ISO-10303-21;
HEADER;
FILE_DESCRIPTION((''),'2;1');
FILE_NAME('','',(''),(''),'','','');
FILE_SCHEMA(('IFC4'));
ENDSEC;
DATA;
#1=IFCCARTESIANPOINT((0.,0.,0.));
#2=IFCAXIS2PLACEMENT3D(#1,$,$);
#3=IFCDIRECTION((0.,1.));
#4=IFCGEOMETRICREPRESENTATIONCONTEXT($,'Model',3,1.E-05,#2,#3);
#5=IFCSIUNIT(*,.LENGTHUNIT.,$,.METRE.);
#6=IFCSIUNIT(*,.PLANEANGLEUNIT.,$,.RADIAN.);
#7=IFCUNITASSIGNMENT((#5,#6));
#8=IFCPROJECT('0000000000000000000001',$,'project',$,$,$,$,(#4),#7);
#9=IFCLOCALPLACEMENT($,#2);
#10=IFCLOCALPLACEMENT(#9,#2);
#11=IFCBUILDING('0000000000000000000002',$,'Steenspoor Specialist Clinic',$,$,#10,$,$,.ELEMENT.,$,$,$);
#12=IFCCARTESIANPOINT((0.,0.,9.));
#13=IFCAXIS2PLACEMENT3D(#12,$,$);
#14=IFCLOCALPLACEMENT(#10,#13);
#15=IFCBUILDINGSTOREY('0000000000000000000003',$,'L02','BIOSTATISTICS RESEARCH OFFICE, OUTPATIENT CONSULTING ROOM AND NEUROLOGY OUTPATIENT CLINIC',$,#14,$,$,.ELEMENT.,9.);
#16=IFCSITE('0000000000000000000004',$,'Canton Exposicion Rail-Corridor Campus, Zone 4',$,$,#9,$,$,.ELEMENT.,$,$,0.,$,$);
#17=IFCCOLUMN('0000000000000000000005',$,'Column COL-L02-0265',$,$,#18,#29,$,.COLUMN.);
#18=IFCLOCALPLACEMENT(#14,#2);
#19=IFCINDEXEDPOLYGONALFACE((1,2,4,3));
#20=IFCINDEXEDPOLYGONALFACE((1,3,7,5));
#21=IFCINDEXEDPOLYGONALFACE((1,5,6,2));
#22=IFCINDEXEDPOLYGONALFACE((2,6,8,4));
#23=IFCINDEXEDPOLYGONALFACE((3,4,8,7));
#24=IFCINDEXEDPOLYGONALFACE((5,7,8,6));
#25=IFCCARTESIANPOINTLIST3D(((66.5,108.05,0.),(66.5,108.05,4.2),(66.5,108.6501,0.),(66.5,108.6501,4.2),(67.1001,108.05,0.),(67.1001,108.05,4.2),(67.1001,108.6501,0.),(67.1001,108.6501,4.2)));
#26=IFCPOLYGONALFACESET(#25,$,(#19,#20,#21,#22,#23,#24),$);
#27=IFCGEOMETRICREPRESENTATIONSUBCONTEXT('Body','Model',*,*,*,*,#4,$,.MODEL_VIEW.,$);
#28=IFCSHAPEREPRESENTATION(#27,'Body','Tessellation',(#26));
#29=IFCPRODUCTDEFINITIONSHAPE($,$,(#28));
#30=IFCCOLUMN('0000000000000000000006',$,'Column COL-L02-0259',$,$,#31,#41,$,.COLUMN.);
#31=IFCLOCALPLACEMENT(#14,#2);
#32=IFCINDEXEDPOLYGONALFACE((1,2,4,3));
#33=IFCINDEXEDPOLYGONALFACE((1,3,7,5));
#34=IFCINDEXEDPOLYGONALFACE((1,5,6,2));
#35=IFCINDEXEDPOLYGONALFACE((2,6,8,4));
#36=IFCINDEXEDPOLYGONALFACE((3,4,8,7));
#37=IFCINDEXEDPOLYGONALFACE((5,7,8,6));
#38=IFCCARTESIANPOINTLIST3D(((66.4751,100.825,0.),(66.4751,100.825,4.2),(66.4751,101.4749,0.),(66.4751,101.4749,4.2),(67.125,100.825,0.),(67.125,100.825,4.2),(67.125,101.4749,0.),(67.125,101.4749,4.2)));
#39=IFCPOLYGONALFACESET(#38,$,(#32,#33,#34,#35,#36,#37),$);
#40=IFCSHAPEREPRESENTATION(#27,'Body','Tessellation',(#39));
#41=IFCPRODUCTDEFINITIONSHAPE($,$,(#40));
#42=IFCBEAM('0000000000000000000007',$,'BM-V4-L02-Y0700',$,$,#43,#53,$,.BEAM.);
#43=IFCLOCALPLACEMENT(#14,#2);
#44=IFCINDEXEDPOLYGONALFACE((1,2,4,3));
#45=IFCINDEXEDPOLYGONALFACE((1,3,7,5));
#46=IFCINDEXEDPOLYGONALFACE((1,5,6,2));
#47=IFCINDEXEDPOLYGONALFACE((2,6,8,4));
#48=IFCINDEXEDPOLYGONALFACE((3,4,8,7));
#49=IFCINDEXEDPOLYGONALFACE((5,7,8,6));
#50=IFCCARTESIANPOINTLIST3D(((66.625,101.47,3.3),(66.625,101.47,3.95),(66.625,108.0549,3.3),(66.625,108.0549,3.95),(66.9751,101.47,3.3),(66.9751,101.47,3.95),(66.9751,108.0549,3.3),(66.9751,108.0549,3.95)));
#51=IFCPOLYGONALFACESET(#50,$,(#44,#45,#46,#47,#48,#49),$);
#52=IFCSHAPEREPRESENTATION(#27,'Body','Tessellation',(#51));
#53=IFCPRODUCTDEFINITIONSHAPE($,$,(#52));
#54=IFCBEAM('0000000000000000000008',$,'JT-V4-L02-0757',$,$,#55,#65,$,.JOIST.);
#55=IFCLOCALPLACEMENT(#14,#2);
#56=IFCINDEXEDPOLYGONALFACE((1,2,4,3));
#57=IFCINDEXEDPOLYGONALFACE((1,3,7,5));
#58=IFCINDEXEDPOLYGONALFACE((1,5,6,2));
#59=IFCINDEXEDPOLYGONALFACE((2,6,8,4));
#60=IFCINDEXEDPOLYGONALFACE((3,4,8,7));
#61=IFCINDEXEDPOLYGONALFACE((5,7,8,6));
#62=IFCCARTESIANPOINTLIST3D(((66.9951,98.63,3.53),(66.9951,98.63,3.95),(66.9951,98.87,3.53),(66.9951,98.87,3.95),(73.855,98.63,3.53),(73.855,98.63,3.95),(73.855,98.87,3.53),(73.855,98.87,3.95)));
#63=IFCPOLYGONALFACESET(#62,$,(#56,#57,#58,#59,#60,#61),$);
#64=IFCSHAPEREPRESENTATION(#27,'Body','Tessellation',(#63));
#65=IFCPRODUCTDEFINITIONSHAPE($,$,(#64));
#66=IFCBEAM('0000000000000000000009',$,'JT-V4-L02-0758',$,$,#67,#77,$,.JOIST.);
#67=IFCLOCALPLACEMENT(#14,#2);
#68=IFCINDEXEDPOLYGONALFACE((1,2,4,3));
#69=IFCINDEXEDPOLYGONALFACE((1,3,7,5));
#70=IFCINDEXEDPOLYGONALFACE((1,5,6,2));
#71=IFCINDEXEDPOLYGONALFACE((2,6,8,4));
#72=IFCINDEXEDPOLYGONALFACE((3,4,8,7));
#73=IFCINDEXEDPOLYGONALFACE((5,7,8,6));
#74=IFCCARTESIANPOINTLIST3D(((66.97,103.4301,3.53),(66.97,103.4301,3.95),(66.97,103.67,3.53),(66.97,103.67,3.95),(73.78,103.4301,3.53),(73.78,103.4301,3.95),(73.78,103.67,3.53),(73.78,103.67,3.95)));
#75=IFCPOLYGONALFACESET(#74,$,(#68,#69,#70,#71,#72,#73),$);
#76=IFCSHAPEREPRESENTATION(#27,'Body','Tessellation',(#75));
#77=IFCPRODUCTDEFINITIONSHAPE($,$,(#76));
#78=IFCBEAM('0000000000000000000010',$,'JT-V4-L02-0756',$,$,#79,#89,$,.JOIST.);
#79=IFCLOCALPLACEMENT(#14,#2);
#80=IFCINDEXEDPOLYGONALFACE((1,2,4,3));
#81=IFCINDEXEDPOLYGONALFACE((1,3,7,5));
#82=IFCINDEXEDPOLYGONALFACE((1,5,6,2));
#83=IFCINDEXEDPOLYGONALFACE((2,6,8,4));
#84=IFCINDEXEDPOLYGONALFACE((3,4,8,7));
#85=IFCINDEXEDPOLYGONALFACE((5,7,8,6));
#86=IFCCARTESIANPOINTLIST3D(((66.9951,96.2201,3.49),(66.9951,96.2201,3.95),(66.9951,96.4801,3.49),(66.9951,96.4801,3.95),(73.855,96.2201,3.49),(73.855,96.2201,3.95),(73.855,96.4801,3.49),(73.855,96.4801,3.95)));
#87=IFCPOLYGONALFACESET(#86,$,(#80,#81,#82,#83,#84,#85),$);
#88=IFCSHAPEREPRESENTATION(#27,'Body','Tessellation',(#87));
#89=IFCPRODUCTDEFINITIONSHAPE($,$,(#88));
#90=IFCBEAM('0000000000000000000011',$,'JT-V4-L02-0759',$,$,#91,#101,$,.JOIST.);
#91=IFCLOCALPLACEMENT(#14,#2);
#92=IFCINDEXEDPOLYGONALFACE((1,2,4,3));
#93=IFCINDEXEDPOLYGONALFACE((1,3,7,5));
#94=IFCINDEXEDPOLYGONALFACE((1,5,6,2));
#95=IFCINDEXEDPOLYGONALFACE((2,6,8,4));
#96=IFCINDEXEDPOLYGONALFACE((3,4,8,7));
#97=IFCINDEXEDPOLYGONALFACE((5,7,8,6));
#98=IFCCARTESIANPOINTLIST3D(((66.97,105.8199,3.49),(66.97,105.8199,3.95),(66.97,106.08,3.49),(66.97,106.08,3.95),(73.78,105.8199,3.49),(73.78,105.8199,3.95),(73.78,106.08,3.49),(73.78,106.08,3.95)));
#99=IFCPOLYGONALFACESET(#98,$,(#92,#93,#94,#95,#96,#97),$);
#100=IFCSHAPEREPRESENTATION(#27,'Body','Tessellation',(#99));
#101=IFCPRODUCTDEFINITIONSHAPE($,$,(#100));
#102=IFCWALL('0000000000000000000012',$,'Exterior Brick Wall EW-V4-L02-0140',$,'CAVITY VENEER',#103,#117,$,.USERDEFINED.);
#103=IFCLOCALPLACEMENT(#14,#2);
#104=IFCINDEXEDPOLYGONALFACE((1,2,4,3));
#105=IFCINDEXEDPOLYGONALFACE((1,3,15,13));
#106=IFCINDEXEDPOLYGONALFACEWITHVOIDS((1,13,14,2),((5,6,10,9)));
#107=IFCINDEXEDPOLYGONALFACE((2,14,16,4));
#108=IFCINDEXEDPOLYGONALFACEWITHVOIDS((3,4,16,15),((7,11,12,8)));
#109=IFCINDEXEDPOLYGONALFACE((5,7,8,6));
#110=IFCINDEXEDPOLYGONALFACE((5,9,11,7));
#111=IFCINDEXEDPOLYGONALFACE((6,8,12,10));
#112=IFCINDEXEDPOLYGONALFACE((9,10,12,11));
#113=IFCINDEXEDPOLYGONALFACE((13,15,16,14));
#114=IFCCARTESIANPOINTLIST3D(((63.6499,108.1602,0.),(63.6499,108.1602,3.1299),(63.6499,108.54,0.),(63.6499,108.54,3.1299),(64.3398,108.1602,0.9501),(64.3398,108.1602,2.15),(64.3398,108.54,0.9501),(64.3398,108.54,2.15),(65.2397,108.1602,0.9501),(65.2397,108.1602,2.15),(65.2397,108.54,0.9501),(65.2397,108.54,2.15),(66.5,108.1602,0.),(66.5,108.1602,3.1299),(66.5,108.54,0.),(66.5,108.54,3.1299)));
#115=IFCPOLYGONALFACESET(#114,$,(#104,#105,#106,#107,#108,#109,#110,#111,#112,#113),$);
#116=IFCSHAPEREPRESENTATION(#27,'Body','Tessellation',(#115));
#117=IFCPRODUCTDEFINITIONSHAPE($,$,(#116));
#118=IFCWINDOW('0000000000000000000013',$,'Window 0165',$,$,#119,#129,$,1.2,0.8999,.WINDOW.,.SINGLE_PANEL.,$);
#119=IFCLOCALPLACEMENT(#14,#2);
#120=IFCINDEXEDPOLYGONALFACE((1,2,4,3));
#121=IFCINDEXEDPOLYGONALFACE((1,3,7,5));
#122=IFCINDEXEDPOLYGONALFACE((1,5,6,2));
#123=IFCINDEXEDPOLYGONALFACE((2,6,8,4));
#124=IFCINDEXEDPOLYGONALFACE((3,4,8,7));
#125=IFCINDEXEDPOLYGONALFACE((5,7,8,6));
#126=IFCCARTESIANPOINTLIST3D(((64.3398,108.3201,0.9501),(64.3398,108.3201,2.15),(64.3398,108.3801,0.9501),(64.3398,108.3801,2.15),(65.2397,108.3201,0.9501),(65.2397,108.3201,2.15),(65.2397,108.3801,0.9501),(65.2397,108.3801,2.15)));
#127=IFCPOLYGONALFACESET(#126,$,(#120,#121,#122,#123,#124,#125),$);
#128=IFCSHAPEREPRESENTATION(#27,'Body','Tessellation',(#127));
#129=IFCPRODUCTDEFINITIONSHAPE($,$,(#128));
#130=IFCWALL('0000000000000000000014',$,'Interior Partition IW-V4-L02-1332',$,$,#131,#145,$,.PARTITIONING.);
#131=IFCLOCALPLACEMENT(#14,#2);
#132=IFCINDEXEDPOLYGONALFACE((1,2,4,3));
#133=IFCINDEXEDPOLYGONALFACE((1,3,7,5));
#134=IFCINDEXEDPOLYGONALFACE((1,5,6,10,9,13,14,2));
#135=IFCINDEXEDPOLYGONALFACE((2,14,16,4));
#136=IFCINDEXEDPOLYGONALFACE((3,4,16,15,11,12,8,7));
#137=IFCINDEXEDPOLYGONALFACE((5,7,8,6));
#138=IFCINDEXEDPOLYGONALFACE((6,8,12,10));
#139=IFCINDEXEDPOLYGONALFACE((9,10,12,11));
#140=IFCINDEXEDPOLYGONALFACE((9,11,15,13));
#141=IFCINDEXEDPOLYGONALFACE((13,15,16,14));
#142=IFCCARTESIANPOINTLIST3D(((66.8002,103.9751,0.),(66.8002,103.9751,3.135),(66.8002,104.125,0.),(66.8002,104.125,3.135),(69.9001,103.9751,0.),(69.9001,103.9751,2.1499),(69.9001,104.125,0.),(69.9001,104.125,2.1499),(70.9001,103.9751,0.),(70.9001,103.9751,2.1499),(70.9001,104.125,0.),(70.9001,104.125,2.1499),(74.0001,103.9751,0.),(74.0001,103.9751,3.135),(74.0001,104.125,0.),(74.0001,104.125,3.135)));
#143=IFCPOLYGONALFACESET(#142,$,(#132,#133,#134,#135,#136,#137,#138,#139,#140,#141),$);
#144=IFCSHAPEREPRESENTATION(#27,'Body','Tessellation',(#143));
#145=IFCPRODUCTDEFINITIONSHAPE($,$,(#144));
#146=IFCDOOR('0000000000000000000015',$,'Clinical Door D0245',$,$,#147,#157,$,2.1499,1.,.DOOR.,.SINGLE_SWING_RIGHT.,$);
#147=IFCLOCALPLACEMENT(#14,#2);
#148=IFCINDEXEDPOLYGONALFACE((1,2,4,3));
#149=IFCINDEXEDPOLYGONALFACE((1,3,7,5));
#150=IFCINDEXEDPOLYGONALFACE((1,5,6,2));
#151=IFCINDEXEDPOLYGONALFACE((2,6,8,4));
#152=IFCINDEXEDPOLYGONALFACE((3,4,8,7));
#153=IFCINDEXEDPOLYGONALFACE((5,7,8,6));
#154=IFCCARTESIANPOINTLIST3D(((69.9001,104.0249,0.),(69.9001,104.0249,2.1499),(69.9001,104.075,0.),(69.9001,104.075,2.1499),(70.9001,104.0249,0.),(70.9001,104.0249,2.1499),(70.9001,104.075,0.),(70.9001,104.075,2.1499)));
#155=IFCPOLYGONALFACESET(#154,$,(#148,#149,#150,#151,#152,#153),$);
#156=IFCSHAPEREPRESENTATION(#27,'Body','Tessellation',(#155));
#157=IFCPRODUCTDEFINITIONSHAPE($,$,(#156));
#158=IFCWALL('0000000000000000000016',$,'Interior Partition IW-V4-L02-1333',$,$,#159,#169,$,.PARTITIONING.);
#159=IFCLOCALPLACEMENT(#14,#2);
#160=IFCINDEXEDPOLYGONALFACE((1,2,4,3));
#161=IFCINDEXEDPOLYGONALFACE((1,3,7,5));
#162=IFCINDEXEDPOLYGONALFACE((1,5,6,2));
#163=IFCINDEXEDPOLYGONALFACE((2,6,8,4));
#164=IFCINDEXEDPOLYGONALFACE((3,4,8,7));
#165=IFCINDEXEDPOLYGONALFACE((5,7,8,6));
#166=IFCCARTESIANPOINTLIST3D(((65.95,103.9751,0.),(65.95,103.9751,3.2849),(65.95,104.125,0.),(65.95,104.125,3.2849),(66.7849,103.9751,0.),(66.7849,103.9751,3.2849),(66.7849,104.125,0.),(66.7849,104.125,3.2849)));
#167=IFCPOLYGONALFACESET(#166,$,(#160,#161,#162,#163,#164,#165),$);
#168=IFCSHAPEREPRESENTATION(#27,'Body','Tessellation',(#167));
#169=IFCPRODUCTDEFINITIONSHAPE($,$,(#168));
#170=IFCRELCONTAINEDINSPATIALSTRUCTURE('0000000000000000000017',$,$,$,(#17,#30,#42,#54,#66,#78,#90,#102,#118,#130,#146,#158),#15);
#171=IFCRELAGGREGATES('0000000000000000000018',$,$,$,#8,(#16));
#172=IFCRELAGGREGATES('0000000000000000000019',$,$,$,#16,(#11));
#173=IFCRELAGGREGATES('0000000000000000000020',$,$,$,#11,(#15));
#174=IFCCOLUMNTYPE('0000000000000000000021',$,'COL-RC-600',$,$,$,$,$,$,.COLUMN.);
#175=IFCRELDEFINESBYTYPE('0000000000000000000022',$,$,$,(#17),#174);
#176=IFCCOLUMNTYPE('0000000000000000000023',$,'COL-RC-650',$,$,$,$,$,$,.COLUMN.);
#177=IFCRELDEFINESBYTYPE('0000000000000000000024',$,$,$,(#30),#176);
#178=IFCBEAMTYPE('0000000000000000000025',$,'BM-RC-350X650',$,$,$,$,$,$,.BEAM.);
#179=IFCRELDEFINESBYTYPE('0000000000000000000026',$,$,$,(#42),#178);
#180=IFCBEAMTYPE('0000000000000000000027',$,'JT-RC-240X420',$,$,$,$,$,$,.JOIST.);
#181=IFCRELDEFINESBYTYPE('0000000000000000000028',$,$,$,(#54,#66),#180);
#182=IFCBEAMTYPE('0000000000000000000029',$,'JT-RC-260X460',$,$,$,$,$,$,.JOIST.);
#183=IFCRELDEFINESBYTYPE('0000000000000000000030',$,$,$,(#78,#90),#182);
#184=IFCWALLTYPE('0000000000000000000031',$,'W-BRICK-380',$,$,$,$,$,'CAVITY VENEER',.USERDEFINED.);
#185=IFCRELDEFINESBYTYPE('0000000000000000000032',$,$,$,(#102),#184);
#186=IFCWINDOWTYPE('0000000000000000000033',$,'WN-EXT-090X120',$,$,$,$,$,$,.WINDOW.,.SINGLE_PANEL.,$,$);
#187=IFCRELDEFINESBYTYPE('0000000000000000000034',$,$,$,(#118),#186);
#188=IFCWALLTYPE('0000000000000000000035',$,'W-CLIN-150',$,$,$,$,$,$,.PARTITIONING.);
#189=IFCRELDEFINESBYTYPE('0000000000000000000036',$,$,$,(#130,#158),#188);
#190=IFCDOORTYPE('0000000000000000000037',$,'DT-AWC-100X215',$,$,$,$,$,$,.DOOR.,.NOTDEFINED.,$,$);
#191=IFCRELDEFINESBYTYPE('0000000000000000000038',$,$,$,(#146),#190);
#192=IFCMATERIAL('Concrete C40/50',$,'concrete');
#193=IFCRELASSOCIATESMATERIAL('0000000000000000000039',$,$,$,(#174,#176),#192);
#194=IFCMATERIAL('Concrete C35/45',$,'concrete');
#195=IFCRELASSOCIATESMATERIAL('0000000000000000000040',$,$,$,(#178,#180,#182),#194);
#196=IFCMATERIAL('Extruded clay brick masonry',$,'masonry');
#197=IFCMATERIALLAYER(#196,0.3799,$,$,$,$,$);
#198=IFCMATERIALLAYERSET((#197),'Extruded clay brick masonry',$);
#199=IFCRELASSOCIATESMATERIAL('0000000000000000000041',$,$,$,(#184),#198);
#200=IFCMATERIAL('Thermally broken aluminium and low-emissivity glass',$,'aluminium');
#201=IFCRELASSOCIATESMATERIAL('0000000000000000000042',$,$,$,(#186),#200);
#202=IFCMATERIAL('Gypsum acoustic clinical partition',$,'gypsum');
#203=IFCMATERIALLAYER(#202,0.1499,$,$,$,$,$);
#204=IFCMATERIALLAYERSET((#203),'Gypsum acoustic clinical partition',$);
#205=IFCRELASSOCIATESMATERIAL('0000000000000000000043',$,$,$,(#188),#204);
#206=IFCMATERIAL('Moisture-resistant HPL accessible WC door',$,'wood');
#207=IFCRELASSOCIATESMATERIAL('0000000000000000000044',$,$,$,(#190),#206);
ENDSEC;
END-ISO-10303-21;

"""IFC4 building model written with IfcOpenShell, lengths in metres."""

from ifc_helpers import new_model, si_unit, direction, frame, frame_2d, origin, origin_2d, place, context, subcontext, project, spatial, rectangle, extrude, material, layer, layer_set, material_profile, profile_set, type_object, element, fill, save


model = new_model("IFC4")

# Units and contexts
model_context = context("Model", 3, precision=1e-05, world=origin(), true_north=direction((0.0, 1.0)))
body_context = subcontext(model_context, "Body", "Model", "MODEL_VIEW")
ifc_project = project(units=[si_unit("LENGTHUNIT", "METRE"), si_unit("PLANEANGLEUNIT", "RADIAN")], contexts=[model_context])

# Site, building, storey
site_placement = place(None, origin())
site = spatial("IfcSite", under=ifc_project, at=site_placement, Name="Canton Exposicion Rail-Corridor Campus, Zone 4", CompositionType="ELEMENT", RefElevation=0.0)
building_placement = place(site_placement, origin())
building = spatial("IfcBuilding", under=site, at=building_placement, Name="Steenspoor Specialist Clinic", CompositionType="ELEMENT")
storey_placement = place(building_placement, frame((0.0, 0.0, 9.0)))
storey = spatial("IfcBuildingStorey", under=building, at=storey_placement, Name="L02", Description="BIOSTATISTICS RESEARCH OFFICE, OUTPATIENT CONSULTING ROOM AND NEUROLOGY OUTPATIENT CLINIC", CompositionType="ELEMENT", Elevation=9.0)

# Columns
ifc_material_1 = material(Name="Concrete C40/50", Category="concrete")
ifc_material_profile_1 = material_profile(ifc_material_1, rectangle(XDim=0.6001, YDim=0.6001, at=origin_2d()), Name="RC-COL-600X600")
ifc_profile_set_1 = profile_set([ifc_material_profile_1], Name="Concrete C40/50")
column_type_1 = type_object("IfcColumnType", Name="COL-RC-600", PredefinedType="COLUMN", material=ifc_profile_set_1)
column_1_placement = place(storey_placement, frame((66.8, 108.3501, 0.0), z_axis=(0.0, 0.0, 1.0), x_axis=(1.0, 0.0, 0.0)))
element("IfcColumn", 1, at=column_1_placement, inside=storey, type_object=column_type_1, Name="Column COL-L02-0265", PredefinedType="COLUMN", context=body_context, shape_type="SweptSolid", body=[
    extrude(rectangle(XDim=0.6001, YDim=0.6001, at=origin_2d()), origin(), (0.0, 0.0, 1.0), 4.2),
])
ifc_material_profile_2 = material_profile(ifc_material_1, rectangle(XDim=0.6499, YDim=0.6499, at=origin_2d()), Name="RC-COL-650X650")
ifc_profile_set_2 = profile_set([ifc_material_profile_2], Name="Concrete C40/50")
column_type_2 = type_object("IfcColumnType", Name="COL-RC-650", PredefinedType="COLUMN", material=ifc_profile_set_2)
column_2_placement = place(storey_placement, frame((66.8, 101.1499, 0.0), z_axis=(0.0, 0.0, 1.0), x_axis=(1.0, 0.0, 0.0)))
element("IfcColumn", 2, at=column_2_placement, inside=storey, type_object=column_type_2, Name="Column COL-L02-0259", PredefinedType="COLUMN", context=body_context, shape_type="SweptSolid", body=[
    extrude(rectangle(XDim=0.6499, YDim=0.6499, at=origin_2d()), origin(), (0.0, 0.0, 1.0), 4.2),
])

# Beams
ifc_material_2 = material(Name="Concrete C35/45", Category="concrete")
ifc_material_profile_3 = material_profile(ifc_material_2, rectangle(XDim=0.3501, YDim=0.6499, at=origin_2d()), Name="RC-BM-350X650")
ifc_profile_set_3 = profile_set([ifc_material_profile_3], Name="Concrete C35/45")
beam_type_1 = type_object("IfcBeamType", Name="BM-RC-350X650", PredefinedType="BEAM", material=ifc_profile_set_3)
beam_1_placement = place(storey_placement, frame((66.8, 101.47, 3.625), z_axis=(0.0, 1.0, 0.0), x_axis=(-1.0, 0.0, 0.0)))
element("IfcBeam", 3, at=beam_1_placement, inside=storey, type_object=beam_type_1, Name="BM-V4-L02-Y0700", PredefinedType="BEAM", context=body_context, shape_type="SweptSolid", body=[
    extrude(rectangle(XDim=0.3501, YDim=0.6499, at=origin_2d()), origin(), (0.0, 0.0, 1.0), 6.585),
])
ifc_material_profile_4 = material_profile(ifc_material_2, rectangle(XDim=0.24, YDim=0.4199, at=origin_2d()), Name="RC-JT-240X420")
ifc_profile_set_4 = profile_set([ifc_material_profile_4], Name="Concrete C35/45")
beam_type_2 = type_object("IfcBeamType", Name="JT-RC-240X420", PredefinedType="JOIST", material=ifc_profile_set_4)
beam_2_placement = place(storey_placement, frame((66.9951, 98.75, 3.74), z_axis=(1.0, 0.0, 0.0), x_axis=(0.0, 1.0, 0.0)))
element("IfcBeam", 4, at=beam_2_placement, inside=storey, type_object=beam_type_2, Name="JT-V4-L02-0757", PredefinedType="JOIST", context=body_context, shape_type="SweptSolid", body=[
    extrude(rectangle(XDim=0.24, YDim=0.4199, at=origin_2d()), origin(), (0.0, 0.0, 1.0), 6.8599),
])
beam_3_placement = place(storey_placement, frame((66.97, 103.55, 3.74), z_axis=(1.0, 0.0, 0.0), x_axis=(0.0, 1.0, 0.0)))
element("IfcBeam", 5, at=beam_3_placement, inside=storey, type_object=beam_type_2, Name="JT-V4-L02-0758", PredefinedType="JOIST", context=body_context, shape_type="SweptSolid", body=[
    extrude(rectangle(XDim=0.24, YDim=0.4199, at=origin_2d()), origin(), (0.0, 0.0, 1.0), 6.8101),
])
ifc_material_profile_5 = material_profile(ifc_material_2, rectangle(XDim=0.26, YDim=0.46, at=origin_2d()), Name="RC-JT-260X460")
ifc_profile_set_5 = profile_set([ifc_material_profile_5], Name="Concrete C35/45")
beam_type_3 = type_object("IfcBeamType", Name="JT-RC-260X460", PredefinedType="JOIST", material=ifc_profile_set_5)
beam_4_placement = place(storey_placement, frame((66.9951, 96.3501, 3.72), z_axis=(1.0, 0.0, 0.0), x_axis=(0.0, 1.0, 0.0)))
element("IfcBeam", 6, at=beam_4_placement, inside=storey, type_object=beam_type_3, Name="JT-V4-L02-0756", PredefinedType="JOIST", context=body_context, shape_type="SweptSolid", body=[
    extrude(rectangle(XDim=0.26, YDim=0.46, at=origin_2d()), origin(), (0.0, 0.0, 1.0), 6.8599),
])
beam_5_placement = place(storey_placement, frame((66.97, 105.95, 3.72), z_axis=(1.0, 0.0, 0.0), x_axis=(0.0, 1.0, 0.0)))
element("IfcBeam", 7, at=beam_5_placement, inside=storey, type_object=beam_type_3, Name="JT-V4-L02-0759", PredefinedType="JOIST", context=body_context, shape_type="SweptSolid", body=[
    extrude(rectangle(XDim=0.26, YDim=0.46, at=origin_2d()), origin(), (0.0, 0.0, 1.0), 6.8101),
])

# Wall, opening, window
ifc_material_3 = material(Name="Extruded clay brick masonry", Category="masonry")
ifc_layer_1 = layer(ifc_material_3, 0.3799)
ifc_layer_set_1 = layer_set([ifc_layer_1], Name="Extruded clay brick masonry")
wall_type_1 = type_object("IfcWallType", Name="W-BRICK-380", ElementType="CAVITY VENEER", PredefinedType="USERDEFINED", material=ifc_layer_set_1)
wall_1_placement = place(storey_placement, frame((63.6499, 108.3501, 0.0), z_axis=(0.0, 0.0, 1.0), x_axis=(1.0, 0.0, 0.0)))
wall_1 = element("IfcWall", 8, at=wall_1_placement, inside=storey, type_object=wall_type_1, Name="Exterior Brick Wall EW-V4-L02-0140", ObjectType="CAVITY VENEER", PredefinedType="USERDEFINED", context=body_context, shape_type="SweptSolid", body=[
    extrude(rectangle(XDim=2.8501, YDim=0.3799, at=frame_2d((1.425, 0.0))), origin(), (0.0, 0.0, 1.0), 3.1299),
])
opening_1_placement = place(wall_1_placement, frame((0.6899, 0.0, 0.95)))
opening_1 = element("IfcOpeningElement", 9, at=opening_1_placement, cuts=wall_1, PredefinedType="OPENING", context=body_context, shape_type="SweptSolid", body=[
    extrude(rectangle(XDim=0.8999, YDim=1.2, at=frame_2d((0.45, 0.6001))), frame((0.0, 0.2, 0.0), z_axis=(0.0, -1.0, 0.0), x_axis=(1.0, 0.0, 0.0)), (0.0, 0.0, 1.0), 0.3999),
])
ifc_material_4 = material(Name="Thermally broken aluminium and low-emissivity glass", Category="aluminium")
window_type = type_object("IfcWindowType", Name="WN-EXT-090X120", PartitioningType="SINGLE_PANEL", PredefinedType="WINDOW", material=ifc_material_4)
window_placement = place(opening_1_placement, origin())
window = element("IfcWindow", 10, at=window_placement, inside=storey, type_object=window_type, Name="Window 0165", OverallHeight=1.2, OverallWidth=0.8999, PartitioningType="SINGLE_PANEL", PredefinedType="WINDOW", context=body_context, shape_type="SweptSolid", body=[
    extrude(rectangle(XDim=0.8999, YDim=1.2, at=frame_2d((0.45, 0.6001))), frame((0.0, 0.03, 0.0), z_axis=(0.0, -1.0, 0.0), x_axis=(1.0, 0.0, 0.0)), (0.0, 0.0, 1.0), 0.0601),
])
fill(opening_1, window)

# Wall, opening, door
ifc_material_5 = material(Name="Gypsum acoustic clinical partition", Category="gypsum")
ifc_layer_2 = layer(ifc_material_5, 0.1499)
ifc_layer_set_2 = layer_set([ifc_layer_2], Name="Gypsum acoustic clinical partition")
wall_type_2 = type_object("IfcWallType", Name="W-CLIN-150", PredefinedType="PARTITIONING", material=ifc_layer_set_2)
wall_2_placement = place(storey_placement, frame((66.8, 104.05, 0.0), z_axis=(0.0, 0.0, 1.0), x_axis=(1.0, 0.0, 0.0)))
wall_2 = element("IfcWall", 11, at=wall_2_placement, inside=storey, type_object=wall_type_2, Name="Interior Partition IW-V4-L02-1332", PredefinedType="PARTITIONING", context=body_context, shape_type="SweptSolid", body=[
    extrude(rectangle(XDim=7.2, YDim=0.1499, at=frame_2d((3.6001, 0.0))), origin(), (0.0, 0.0, 1.0), 3.135),
])
opening_2_placement = place(wall_2_placement, frame((3.1001, 0.0, 0.0)))
opening_2 = element("IfcOpeningElement", 12, at=opening_2_placement, cuts=wall_2, PredefinedType="OPENING", context=body_context, shape_type="SweptSolid", body=[
    extrude(rectangle(XDim=1.0, YDim=2.1499, at=frame_2d((0.5, 1.075))), frame((0.0, 0.085, 0.0), z_axis=(0.0, -1.0, 0.0), x_axis=(1.0, 0.0, 0.0)), (0.0, 0.0, 1.0), 0.1699),
])
ifc_material_6 = material(Name="Moisture-resistant HPL accessible WC door", Category="wood")
door_type_1 = type_object("IfcDoorType", Name="DT-AWC-100X215", OperationType="NOTDEFINED", PredefinedType="DOOR", material=ifc_material_6)
door_1_placement = place(opening_2_placement, origin())
door_1 = element("IfcDoor", 13, at=door_1_placement, inside=storey, type_object=door_type_1, Name="Clinical Door D0245", OperationType="SINGLE_SWING_RIGHT", OverallHeight=2.1499, OverallWidth=1.0, PredefinedType="DOOR", context=body_context, shape_type="SweptSolid", body=[
    extrude(rectangle(XDim=1.0, YDim=2.1499, at=frame_2d((0.5, 1.075))), frame((0.0, 0.0249, 0.0), z_axis=(0.0, -1.0, 0.0), x_axis=(1.0, 0.0, 0.0)), (0.0, 0.0, 1.0), 0.05),
])
fill(opening_2, door_1)

# Wall
wall_3_placement = place(storey_placement, frame((65.95, 104.05, 0.0), z_axis=(0.0, 0.0, 1.0), x_axis=(1.0, 0.0, 0.0)))
element("IfcWall", 14, at=wall_3_placement, inside=storey, type_object=wall_type_2, Name="Interior Partition IW-V4-L02-1333", PredefinedType="PARTITIONING", context=body_context, shape_type="SweptSolid", body=[
    extrude(rectangle(XDim=0.835, YDim=0.1499, at=frame_2d((0.4175, 0.0))), origin(), (0.0, 0.0, 1.0), 3.2849),
])

save(model, "model.ifc")
